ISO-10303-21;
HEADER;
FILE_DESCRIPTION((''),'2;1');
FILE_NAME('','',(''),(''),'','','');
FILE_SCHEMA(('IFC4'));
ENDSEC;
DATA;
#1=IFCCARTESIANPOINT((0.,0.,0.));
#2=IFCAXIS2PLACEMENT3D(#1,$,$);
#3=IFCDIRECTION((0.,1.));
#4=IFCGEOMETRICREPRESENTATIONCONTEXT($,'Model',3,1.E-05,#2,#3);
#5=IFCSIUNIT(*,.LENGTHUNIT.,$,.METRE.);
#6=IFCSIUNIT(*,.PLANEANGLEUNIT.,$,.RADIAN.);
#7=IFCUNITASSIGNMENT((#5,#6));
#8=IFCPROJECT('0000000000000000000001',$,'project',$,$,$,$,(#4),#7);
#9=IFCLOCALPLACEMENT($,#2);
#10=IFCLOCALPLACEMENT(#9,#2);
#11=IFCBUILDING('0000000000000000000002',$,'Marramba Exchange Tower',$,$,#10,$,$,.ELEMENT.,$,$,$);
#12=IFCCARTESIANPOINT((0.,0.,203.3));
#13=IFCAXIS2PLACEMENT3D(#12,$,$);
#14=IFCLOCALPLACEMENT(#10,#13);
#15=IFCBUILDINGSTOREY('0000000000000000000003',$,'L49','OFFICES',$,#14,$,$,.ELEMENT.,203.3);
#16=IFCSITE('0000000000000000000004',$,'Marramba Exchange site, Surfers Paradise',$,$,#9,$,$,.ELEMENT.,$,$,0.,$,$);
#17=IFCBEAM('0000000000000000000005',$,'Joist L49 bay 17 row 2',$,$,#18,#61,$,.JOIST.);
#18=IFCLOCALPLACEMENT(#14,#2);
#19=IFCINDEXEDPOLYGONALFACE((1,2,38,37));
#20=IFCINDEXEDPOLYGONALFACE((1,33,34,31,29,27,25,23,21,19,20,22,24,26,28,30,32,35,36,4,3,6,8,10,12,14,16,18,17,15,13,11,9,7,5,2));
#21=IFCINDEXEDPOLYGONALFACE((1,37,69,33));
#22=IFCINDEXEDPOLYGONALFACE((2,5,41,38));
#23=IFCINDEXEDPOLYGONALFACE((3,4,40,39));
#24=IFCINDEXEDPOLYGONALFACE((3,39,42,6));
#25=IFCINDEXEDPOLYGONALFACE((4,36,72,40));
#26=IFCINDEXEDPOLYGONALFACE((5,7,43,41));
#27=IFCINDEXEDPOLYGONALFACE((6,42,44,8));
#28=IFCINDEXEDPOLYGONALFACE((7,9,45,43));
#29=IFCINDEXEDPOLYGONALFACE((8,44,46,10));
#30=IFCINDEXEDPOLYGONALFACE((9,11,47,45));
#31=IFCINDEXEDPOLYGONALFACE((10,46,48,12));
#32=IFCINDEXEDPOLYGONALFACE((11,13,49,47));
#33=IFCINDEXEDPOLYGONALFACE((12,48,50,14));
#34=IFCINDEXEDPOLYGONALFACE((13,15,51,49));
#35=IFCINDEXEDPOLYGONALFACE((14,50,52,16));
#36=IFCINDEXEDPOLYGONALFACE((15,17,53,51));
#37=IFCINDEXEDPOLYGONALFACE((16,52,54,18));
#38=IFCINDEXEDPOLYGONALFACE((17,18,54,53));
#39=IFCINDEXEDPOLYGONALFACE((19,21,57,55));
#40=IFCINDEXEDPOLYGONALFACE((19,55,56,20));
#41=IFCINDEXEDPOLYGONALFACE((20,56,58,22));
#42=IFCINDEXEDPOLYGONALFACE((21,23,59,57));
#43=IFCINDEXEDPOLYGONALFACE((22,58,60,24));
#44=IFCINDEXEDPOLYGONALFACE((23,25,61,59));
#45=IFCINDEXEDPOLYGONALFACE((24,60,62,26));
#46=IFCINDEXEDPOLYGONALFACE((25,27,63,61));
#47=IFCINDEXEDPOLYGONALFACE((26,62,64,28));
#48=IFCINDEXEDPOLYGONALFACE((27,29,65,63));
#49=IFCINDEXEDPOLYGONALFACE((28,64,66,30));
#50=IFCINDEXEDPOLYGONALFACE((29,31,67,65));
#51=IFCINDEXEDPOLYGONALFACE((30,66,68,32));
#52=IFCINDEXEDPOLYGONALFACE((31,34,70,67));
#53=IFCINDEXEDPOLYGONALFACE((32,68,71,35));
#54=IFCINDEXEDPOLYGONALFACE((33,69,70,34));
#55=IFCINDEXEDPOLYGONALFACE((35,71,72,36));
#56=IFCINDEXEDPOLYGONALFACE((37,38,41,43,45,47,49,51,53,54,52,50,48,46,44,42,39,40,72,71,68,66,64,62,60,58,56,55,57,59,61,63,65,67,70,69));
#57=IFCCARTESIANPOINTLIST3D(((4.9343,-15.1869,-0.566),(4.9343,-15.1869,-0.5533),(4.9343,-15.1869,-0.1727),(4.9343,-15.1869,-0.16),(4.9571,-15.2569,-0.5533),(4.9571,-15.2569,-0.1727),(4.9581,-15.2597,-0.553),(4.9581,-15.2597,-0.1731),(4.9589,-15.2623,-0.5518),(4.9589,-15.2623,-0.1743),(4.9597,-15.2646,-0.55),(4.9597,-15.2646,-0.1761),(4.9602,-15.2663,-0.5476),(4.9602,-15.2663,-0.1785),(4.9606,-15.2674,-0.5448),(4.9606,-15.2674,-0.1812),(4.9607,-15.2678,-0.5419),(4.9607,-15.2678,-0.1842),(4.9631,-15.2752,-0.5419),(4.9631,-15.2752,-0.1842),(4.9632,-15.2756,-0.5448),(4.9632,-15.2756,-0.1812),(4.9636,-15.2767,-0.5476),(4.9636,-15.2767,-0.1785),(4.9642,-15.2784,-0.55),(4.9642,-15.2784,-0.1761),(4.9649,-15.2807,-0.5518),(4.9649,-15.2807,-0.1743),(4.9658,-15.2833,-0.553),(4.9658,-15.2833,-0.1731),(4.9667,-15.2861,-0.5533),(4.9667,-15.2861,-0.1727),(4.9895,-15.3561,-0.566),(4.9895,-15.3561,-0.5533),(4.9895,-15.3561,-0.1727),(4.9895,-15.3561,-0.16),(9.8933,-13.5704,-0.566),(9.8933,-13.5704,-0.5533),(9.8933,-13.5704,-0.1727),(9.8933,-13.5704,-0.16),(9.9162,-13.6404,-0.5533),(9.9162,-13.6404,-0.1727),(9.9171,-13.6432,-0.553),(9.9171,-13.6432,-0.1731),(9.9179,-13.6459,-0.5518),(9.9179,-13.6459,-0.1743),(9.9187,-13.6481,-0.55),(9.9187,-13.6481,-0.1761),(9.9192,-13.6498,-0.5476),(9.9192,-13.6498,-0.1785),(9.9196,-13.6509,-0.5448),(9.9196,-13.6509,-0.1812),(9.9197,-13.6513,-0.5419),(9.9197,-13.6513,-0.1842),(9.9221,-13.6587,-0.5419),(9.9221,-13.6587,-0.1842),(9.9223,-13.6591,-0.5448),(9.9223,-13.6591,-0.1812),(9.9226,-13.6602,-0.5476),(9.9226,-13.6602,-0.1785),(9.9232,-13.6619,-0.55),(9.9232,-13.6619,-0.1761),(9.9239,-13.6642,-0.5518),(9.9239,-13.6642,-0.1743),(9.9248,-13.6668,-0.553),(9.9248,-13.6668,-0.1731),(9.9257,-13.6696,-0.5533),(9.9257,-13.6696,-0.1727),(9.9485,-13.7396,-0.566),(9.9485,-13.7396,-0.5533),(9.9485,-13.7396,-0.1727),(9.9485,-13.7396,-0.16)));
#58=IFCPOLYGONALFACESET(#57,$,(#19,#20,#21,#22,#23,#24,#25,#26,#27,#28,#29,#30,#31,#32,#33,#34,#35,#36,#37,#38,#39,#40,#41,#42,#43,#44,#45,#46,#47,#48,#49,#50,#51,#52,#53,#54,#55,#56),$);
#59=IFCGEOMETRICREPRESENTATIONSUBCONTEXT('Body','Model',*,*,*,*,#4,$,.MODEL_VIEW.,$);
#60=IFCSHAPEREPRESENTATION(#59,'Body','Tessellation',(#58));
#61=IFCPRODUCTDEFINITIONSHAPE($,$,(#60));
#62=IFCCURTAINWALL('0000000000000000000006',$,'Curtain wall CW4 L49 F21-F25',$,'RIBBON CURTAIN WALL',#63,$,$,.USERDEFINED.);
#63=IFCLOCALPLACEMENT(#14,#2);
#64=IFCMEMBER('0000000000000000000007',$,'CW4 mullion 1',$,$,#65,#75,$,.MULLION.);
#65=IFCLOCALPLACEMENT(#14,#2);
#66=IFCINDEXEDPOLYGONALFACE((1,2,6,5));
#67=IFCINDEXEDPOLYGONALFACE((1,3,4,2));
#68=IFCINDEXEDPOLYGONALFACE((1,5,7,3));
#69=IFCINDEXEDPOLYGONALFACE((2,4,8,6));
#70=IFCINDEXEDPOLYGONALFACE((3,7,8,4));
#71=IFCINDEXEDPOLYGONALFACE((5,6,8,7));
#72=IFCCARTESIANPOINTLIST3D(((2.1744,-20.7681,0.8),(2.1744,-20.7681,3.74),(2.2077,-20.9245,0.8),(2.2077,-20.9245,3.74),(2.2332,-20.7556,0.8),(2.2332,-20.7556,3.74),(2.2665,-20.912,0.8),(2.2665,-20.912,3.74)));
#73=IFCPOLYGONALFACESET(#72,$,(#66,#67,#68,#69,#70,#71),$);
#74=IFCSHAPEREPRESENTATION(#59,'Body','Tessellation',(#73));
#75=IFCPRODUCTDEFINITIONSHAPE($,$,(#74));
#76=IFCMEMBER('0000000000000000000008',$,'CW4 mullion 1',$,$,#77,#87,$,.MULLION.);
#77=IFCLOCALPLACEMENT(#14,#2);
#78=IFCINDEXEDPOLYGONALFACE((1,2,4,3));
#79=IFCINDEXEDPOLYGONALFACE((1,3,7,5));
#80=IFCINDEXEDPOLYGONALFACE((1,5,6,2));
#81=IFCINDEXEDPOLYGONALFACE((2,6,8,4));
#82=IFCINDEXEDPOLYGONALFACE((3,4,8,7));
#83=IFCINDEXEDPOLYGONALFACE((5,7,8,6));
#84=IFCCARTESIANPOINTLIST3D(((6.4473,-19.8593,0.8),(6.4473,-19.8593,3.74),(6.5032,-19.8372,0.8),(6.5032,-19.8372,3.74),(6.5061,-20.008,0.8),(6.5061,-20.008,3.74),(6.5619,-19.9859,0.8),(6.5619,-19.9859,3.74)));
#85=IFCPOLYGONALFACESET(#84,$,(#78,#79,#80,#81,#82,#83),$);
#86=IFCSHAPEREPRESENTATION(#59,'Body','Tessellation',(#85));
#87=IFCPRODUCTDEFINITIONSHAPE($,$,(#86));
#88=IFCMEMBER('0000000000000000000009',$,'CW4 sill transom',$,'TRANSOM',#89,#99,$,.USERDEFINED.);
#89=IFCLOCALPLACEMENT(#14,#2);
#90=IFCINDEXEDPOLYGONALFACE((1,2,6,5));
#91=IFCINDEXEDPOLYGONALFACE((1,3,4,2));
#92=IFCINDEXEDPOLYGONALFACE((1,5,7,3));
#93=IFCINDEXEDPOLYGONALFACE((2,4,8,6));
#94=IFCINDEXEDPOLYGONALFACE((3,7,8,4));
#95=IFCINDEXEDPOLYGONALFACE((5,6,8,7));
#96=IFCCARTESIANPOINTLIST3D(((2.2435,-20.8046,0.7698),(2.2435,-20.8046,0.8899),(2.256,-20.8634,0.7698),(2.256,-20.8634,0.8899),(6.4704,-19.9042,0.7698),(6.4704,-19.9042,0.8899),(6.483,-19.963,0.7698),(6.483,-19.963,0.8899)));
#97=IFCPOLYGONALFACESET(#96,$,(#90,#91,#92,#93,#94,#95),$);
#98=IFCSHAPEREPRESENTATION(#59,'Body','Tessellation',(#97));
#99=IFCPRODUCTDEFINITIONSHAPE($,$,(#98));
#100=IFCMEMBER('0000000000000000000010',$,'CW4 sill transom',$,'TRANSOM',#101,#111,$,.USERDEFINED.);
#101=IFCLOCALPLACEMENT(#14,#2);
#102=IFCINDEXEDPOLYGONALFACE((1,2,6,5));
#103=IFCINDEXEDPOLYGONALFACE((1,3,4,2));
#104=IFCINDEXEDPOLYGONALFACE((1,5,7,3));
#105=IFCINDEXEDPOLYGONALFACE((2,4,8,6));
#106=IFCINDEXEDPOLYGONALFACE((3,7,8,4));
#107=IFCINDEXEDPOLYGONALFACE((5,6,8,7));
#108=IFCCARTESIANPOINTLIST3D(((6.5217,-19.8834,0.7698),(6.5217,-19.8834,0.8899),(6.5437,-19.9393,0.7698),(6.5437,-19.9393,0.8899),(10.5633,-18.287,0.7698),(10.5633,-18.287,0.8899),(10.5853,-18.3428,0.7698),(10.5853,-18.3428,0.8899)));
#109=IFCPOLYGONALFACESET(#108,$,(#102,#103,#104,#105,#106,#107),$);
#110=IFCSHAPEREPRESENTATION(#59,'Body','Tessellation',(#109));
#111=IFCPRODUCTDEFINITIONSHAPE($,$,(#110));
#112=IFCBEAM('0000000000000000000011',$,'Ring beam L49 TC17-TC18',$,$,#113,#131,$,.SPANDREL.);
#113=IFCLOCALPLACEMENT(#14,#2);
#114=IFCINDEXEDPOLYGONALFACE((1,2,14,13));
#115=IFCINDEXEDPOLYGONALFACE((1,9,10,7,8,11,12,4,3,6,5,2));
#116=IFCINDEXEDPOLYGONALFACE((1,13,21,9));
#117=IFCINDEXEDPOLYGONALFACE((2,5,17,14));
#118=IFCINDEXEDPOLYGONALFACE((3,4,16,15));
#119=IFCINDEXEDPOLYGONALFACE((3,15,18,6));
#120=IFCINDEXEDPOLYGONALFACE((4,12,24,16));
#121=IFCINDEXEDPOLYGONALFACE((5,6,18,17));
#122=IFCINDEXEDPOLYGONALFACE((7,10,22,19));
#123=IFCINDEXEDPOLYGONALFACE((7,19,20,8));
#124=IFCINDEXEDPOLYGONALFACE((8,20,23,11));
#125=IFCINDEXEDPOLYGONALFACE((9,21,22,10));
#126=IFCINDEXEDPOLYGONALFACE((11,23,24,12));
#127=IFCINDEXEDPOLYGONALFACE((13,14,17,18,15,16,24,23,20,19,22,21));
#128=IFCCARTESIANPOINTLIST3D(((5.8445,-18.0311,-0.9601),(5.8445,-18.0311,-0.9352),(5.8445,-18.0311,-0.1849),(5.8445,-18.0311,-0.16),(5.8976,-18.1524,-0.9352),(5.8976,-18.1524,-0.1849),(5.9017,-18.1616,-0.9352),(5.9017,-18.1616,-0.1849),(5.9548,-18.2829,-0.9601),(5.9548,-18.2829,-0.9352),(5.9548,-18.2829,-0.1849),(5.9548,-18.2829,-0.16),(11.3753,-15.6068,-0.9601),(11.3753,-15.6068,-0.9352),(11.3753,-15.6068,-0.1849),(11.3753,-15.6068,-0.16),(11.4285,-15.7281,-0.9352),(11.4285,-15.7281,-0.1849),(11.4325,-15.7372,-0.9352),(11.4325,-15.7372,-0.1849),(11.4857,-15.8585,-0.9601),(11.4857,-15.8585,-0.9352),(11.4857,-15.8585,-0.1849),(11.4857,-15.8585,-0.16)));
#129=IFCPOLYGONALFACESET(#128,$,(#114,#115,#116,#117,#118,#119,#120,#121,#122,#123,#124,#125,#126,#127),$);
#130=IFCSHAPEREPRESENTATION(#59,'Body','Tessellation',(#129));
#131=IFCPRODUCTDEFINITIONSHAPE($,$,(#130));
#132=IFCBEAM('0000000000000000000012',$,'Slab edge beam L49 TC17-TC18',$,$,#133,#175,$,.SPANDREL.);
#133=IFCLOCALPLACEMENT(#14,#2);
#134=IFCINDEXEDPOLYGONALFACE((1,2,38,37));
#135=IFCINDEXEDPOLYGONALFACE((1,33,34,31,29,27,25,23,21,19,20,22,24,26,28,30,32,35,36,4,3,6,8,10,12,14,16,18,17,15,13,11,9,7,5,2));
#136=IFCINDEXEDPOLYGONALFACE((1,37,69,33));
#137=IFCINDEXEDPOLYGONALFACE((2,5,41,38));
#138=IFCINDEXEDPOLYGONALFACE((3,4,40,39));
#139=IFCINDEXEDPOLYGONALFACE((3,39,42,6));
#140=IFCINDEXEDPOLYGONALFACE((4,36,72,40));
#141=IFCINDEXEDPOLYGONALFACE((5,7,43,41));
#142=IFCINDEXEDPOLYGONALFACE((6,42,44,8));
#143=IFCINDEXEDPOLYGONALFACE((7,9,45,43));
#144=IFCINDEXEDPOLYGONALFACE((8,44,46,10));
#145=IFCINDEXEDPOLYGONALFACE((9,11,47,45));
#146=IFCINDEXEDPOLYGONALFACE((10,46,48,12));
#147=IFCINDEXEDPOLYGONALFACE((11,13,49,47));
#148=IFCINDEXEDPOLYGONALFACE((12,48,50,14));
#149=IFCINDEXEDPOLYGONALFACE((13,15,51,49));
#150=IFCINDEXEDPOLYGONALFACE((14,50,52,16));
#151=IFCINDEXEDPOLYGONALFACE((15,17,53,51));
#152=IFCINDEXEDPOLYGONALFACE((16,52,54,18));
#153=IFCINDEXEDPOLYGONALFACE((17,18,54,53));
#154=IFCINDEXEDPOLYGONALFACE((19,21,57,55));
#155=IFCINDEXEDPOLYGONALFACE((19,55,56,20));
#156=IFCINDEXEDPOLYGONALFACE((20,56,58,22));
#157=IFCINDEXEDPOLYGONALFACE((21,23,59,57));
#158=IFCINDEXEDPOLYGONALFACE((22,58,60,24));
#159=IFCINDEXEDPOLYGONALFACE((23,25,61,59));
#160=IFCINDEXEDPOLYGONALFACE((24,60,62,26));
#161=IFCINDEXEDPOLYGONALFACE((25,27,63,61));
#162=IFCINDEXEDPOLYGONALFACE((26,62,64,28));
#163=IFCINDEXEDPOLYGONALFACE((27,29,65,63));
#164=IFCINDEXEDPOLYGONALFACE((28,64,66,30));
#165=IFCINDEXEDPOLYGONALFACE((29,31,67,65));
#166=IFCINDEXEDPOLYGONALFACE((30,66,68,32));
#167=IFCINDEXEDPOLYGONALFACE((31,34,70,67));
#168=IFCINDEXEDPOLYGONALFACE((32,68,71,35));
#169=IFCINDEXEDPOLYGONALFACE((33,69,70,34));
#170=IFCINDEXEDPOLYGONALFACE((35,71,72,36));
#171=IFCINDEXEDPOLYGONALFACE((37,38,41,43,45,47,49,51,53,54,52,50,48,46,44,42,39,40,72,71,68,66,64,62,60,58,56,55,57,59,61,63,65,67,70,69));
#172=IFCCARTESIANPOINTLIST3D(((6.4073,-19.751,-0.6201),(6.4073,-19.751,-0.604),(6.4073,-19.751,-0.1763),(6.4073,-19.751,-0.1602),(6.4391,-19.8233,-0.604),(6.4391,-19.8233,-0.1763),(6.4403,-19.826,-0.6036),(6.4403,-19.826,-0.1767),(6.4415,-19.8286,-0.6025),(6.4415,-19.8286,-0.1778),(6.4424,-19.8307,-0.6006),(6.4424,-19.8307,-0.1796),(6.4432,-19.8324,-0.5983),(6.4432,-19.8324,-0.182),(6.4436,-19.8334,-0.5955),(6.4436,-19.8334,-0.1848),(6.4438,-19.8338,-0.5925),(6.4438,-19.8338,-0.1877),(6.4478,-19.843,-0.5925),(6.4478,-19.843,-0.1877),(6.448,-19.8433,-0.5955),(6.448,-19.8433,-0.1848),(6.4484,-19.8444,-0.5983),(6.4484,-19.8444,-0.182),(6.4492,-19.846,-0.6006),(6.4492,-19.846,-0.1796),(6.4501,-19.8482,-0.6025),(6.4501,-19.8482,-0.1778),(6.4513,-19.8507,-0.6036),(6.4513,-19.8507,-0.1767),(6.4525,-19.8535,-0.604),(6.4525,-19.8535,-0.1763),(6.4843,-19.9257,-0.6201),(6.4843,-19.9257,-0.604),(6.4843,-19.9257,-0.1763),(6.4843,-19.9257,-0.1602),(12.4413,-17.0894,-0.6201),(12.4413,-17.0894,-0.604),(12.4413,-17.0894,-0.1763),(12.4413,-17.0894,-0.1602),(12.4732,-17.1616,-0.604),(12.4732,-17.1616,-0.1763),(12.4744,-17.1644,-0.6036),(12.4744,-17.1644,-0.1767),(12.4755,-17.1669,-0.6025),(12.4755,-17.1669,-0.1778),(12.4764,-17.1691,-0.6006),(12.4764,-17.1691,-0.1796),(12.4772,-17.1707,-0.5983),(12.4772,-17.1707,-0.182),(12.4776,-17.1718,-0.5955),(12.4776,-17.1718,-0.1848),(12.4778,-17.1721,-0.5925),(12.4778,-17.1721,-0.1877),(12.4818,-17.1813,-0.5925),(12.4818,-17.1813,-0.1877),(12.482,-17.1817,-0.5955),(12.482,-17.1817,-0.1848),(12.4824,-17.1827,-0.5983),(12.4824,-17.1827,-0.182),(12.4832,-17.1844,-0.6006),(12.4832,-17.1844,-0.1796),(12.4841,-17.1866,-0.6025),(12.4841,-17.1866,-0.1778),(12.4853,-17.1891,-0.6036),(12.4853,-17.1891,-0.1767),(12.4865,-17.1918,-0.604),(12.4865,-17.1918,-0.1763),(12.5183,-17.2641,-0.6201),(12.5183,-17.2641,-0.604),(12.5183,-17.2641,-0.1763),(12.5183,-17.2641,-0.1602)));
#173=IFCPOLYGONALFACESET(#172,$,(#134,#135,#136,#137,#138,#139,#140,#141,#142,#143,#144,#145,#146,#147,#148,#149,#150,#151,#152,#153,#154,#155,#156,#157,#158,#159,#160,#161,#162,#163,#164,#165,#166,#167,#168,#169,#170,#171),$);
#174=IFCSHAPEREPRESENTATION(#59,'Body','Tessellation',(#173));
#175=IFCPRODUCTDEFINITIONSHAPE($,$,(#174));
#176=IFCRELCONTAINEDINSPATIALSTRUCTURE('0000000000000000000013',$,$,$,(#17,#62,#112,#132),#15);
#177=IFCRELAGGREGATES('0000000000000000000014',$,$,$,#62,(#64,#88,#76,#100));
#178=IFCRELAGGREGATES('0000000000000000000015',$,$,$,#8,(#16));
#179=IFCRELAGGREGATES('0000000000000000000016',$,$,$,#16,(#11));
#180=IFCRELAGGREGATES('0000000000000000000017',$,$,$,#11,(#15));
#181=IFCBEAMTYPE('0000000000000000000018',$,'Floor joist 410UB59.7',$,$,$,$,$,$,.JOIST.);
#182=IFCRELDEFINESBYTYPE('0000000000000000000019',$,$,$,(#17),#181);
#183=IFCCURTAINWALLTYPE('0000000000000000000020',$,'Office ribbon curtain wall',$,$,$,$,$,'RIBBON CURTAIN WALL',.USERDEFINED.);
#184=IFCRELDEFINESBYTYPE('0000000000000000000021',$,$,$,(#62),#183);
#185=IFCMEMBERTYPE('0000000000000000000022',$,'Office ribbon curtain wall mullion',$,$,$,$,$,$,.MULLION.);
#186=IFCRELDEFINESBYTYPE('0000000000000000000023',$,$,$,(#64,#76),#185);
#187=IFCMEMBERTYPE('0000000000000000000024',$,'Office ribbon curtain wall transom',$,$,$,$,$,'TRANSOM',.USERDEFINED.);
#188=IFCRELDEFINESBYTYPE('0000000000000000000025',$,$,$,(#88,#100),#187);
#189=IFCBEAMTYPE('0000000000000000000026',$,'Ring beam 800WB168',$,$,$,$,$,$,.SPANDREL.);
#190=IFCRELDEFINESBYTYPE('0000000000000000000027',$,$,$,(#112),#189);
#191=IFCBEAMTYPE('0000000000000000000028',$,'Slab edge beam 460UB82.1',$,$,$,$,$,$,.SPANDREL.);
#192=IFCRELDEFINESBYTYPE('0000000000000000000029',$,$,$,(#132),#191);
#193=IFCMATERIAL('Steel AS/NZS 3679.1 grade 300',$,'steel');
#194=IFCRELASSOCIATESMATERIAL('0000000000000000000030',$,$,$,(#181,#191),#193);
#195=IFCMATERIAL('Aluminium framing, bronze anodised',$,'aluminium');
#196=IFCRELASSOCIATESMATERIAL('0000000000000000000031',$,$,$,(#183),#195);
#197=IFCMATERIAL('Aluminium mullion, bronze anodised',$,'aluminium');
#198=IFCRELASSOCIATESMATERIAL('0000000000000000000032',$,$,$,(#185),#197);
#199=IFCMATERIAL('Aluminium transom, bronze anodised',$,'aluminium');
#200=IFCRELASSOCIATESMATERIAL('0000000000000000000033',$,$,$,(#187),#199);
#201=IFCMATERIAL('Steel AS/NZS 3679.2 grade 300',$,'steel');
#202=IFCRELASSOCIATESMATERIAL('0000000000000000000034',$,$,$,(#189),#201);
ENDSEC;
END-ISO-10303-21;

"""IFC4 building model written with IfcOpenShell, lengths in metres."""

from ifc_helpers import new_model, si_unit, direction, frame, origin, origin_2d, place, context, subcontext, project, spatial, rectangle, i_section, extrude, material, material_profile, profile_set, type_object, element, aggregate, save


model = new_model("IFC4")

# Units and contexts
model_context = context("Model", 3, precision=1e-05, world=origin(), true_north=direction((0.0, 1.0)))
body_context = subcontext(model_context, "Body", "Model", "MODEL_VIEW")
ifc_project = project(units=[si_unit("LENGTHUNIT", "METRE"), si_unit("PLANEANGLEUNIT", "RADIAN")], contexts=[model_context])

# Site, building, storey
site_placement = place(None, origin())
site = spatial("IfcSite", under=ifc_project, at=site_placement, Name="Marramba Exchange site, Surfers Paradise", CompositionType="ELEMENT", RefElevation=0.0)
building_placement = place(site_placement, origin())
building = spatial("IfcBuilding", under=site, at=building_placement, Name="Marramba Exchange Tower", CompositionType="ELEMENT")
storey_placement = place(building_placement, frame((0.0, 0.0, 203.3)))
storey = spatial("IfcBuildingStorey", under=building, at=storey_placement, Name="L49", Description="OFFICES", CompositionType="ELEMENT", Elevation=203.3)

# Beam
ifc_material_1 = material(Name="Steel AS/NZS 3679.2 grade 300", Category="steel")
ifc_material_2 = material(Name="Steel AS/NZS 3679.1 grade 300", Category="steel")
ifc_material_profile_1 = material_profile(ifc_material_2, i_section(OverallWidth=0.178, OverallDepth=0.406, WebThickness=0.0078, FlangeThickness=0.0127, FilletRadius=0.0115, at=origin_2d()), Name="410UB59.7")
ifc_profile_set_1 = profile_set([ifc_material_profile_1], Name="Steel AS/NZS 3679.1 grade 300")
beam_type_1 = type_object("IfcBeamType", Name="Floor joist 410UB59.7", PredefinedType="JOIST", material=ifc_profile_set_1)
beam_1_placement = place(storey_placement, frame((4.9619, -15.2715, -0.363), z_axis=(0.950764, 0.309916, 0.0), x_axis=(-0.309916, 0.950764, 0.0)))
element("IfcBeam", 1, at=beam_1_placement, inside=storey, type_object=beam_type_1, Name="Joist L49 bay 17 row 2", PredefinedType="JOIST", context=body_context, shape_type="SweptSolid", body=[
    extrude(i_section(OverallWidth=0.178, OverallDepth=0.406, WebThickness=0.0078, FlangeThickness=0.0127, FilletRadius=0.0115, at=origin_2d()), origin(), (0.0, 0.0, 1.0), 5.2158),
])

# Curtain wall, members
ifc_material_3 = material(Name="Aluminium framing, bronze anodised", Category="aluminium")
curtain_wall_type = type_object("IfcCurtainWallType", Name="Office ribbon curtain wall", ElementType="RIBBON CURTAIN WALL", PredefinedType="USERDEFINED", material=ifc_material_3)
curtain_wall_placement = place(storey_placement, origin())
curtain_wall = element("IfcCurtainWall", 2, at=curtain_wall_placement, inside=storey, type_object=curtain_wall_type, Name="Curtain wall CW4 L49 F21-F25", ObjectType="RIBBON CURTAIN WALL", PredefinedType="USERDEFINED")
ifc_material_4 = material(Name="Aluminium mullion, bronze anodised", Category="aluminium")
ifc_material_profile_2 = material_profile(ifc_material_4, rectangle(XDim=0.1599, YDim=0.0601, at=origin_2d()), Name="CW4 mullion 60x160")
ifc_profile_set_2 = profile_set([ifc_material_profile_2], Name="Aluminium mullion, bronze anodised")
member_type_1 = type_object("IfcMemberType", Name="Office ribbon curtain wall mullion", PredefinedType="MULLION", material=ifc_profile_set_2)
member_1_placement = place(storey_placement, frame((2.2205, -20.8401, 0.8), z_axis=(0.0, 0.0, 1.0), x_axis=(-0.208332, 0.978058, 0.0)))
member_1 = element("IfcMember", 3, at=member_1_placement, type_object=member_type_1, Name="CW4 mullion 1", PredefinedType="MULLION", context=body_context, shape_type="SweptSolid", body=[
    extrude(rectangle(XDim=0.1599, YDim=0.0601, at=origin_2d()), origin(), (0.0, 0.0, 1.0), 2.9399),
])
member_2_placement = place(storey_placement, frame((6.5046, -19.9226, 0.8), z_axis=(0.0, 0.0, 1.0), x_axis=(-0.367375, 0.930073, 0.0)))
member_2 = element("IfcMember", 4, at=member_2_placement, type_object=member_type_1, Name="CW4 mullion 1", PredefinedType="MULLION", context=body_context, shape_type="SweptSolid", body=[
    extrude(rectangle(XDim=0.1599, YDim=0.0601, at=origin_2d()), origin(), (0.0, 0.0, 1.0), 2.9399),
])
ifc_material_5 = material(Name="Aluminium transom, bronze anodised", Category="aluminium")
ifc_material_profile_3 = material_profile(ifc_material_5, rectangle(XDim=0.0601, YDim=0.1201, at=origin_2d()), Name="CW4 transom 60x120")
ifc_profile_set_3 = profile_set([ifc_material_profile_3], Name="Aluminium transom, bronze anodised")
member_type_2 = type_object("IfcMemberType", Name="Office ribbon curtain wall transom", ElementType="TRANSOM", PredefinedType="USERDEFINED", material=ifc_profile_set_3)
member_3_placement = place(storey_placement, frame((2.2498, -20.834, 0.8298), z_axis=(0.978058, 0.208333, 0.0), x_axis=(-0.208333, 0.978058, 0.0)))
member_3 = element("IfcMember", 5, at=member_3_placement, type_object=member_type_2, Name="CW4 sill transom", ObjectType="TRANSOM", PredefinedType="USERDEFINED", context=body_context, shape_type="SweptSolid", body=[
    extrude(rectangle(XDim=0.0601, YDim=0.1201, at=origin_2d()), origin(), (0.0, 0.0, 1.0), 4.3218),
])
member_4_placement = place(storey_placement, frame((6.5327, -19.9114, 0.8298), z_axis=(0.930068, 0.367387, 0.0), x_axis=(-0.367387, 0.930068, 0.0)))
member_4 = element("IfcMember", 6, at=member_4_placement, type_object=member_type_2, Name="CW4 sill transom", ObjectType="TRANSOM", PredefinedType="USERDEFINED", context=body_context, shape_type="SweptSolid", body=[
    extrude(rectangle(XDim=0.0601, YDim=0.1201, at=origin_2d()), origin(), (0.0, 0.0, 1.0), 4.3455),
])

# Beams
ifc_material_profile_4 = material_profile(ifc_material_1, i_section(OverallWidth=0.2749, OverallDepth=0.8, WebThickness=0.01, FlangeThickness=0.0249, at=origin_2d()), Name="800WB168")
ifc_profile_set_4 = profile_set([ifc_material_profile_4], Name="Steel AS/NZS 3679.2 grade 300")
beam_type_2 = type_object("IfcBeamType", Name="Ring beam 800WB168", PredefinedType="SPANDREL", material=ifc_profile_set_4)
beam_2_placement = place(storey_placement, frame((5.8997, -18.157, -0.5601), z_axis=(0.915877, 0.401459, 0.0), x_axis=(-0.401459, 0.915877, 0.0)))
element("IfcBeam", 7, at=beam_2_placement, inside=storey, type_object=beam_type_2, Name="Ring beam L49 TC17-TC18", PredefinedType="SPANDREL", context=body_context, shape_type="SweptSolid", body=[
    extrude(i_section(OverallWidth=0.2749, OverallDepth=0.8, WebThickness=0.01, FlangeThickness=0.0249, at=origin_2d()), origin(), (0.0, 0.0, 1.0), 6.0388),
])
ifc_material_profile_5 = material_profile(ifc_material_2, i_section(OverallWidth=0.1909, OverallDepth=0.46, WebThickness=0.01, FlangeThickness=0.0161, FilletRadius=0.0115, at=origin_2d()), Name="460UB82.1")
ifc_profile_set_5 = profile_set([ifc_material_profile_5], Name="Steel AS/NZS 3679.1 grade 300")
beam_type_3 = type_object("IfcBeamType", Name="Slab edge beam 460UB82.1", PredefinedType="SPANDREL", material=ifc_profile_set_5)
beam_3_placement = place(storey_placement, frame((6.4458, -19.8384, -0.3901), z_axis=(0.914941, 0.403588, 0.0), x_axis=(-0.403588, 0.914941, 0.0)))
element("IfcBeam", 8, at=beam_3_placement, inside=storey, type_object=beam_type_3, Name="Slab edge beam L49 TC17-TC18", PredefinedType="SPANDREL", context=body_context, shape_type="SweptSolid", body=[
    extrude(i_section(OverallWidth=0.1909, OverallDepth=0.46, WebThickness=0.01, FlangeThickness=0.0161, FilletRadius=0.0115, at=origin_2d()), origin(), (0.0, 0.0, 1.0), 6.595),
])

aggregate(curtain_wall, [member_1, member_3, member_2, member_4])

save(model, "model.ifc")
